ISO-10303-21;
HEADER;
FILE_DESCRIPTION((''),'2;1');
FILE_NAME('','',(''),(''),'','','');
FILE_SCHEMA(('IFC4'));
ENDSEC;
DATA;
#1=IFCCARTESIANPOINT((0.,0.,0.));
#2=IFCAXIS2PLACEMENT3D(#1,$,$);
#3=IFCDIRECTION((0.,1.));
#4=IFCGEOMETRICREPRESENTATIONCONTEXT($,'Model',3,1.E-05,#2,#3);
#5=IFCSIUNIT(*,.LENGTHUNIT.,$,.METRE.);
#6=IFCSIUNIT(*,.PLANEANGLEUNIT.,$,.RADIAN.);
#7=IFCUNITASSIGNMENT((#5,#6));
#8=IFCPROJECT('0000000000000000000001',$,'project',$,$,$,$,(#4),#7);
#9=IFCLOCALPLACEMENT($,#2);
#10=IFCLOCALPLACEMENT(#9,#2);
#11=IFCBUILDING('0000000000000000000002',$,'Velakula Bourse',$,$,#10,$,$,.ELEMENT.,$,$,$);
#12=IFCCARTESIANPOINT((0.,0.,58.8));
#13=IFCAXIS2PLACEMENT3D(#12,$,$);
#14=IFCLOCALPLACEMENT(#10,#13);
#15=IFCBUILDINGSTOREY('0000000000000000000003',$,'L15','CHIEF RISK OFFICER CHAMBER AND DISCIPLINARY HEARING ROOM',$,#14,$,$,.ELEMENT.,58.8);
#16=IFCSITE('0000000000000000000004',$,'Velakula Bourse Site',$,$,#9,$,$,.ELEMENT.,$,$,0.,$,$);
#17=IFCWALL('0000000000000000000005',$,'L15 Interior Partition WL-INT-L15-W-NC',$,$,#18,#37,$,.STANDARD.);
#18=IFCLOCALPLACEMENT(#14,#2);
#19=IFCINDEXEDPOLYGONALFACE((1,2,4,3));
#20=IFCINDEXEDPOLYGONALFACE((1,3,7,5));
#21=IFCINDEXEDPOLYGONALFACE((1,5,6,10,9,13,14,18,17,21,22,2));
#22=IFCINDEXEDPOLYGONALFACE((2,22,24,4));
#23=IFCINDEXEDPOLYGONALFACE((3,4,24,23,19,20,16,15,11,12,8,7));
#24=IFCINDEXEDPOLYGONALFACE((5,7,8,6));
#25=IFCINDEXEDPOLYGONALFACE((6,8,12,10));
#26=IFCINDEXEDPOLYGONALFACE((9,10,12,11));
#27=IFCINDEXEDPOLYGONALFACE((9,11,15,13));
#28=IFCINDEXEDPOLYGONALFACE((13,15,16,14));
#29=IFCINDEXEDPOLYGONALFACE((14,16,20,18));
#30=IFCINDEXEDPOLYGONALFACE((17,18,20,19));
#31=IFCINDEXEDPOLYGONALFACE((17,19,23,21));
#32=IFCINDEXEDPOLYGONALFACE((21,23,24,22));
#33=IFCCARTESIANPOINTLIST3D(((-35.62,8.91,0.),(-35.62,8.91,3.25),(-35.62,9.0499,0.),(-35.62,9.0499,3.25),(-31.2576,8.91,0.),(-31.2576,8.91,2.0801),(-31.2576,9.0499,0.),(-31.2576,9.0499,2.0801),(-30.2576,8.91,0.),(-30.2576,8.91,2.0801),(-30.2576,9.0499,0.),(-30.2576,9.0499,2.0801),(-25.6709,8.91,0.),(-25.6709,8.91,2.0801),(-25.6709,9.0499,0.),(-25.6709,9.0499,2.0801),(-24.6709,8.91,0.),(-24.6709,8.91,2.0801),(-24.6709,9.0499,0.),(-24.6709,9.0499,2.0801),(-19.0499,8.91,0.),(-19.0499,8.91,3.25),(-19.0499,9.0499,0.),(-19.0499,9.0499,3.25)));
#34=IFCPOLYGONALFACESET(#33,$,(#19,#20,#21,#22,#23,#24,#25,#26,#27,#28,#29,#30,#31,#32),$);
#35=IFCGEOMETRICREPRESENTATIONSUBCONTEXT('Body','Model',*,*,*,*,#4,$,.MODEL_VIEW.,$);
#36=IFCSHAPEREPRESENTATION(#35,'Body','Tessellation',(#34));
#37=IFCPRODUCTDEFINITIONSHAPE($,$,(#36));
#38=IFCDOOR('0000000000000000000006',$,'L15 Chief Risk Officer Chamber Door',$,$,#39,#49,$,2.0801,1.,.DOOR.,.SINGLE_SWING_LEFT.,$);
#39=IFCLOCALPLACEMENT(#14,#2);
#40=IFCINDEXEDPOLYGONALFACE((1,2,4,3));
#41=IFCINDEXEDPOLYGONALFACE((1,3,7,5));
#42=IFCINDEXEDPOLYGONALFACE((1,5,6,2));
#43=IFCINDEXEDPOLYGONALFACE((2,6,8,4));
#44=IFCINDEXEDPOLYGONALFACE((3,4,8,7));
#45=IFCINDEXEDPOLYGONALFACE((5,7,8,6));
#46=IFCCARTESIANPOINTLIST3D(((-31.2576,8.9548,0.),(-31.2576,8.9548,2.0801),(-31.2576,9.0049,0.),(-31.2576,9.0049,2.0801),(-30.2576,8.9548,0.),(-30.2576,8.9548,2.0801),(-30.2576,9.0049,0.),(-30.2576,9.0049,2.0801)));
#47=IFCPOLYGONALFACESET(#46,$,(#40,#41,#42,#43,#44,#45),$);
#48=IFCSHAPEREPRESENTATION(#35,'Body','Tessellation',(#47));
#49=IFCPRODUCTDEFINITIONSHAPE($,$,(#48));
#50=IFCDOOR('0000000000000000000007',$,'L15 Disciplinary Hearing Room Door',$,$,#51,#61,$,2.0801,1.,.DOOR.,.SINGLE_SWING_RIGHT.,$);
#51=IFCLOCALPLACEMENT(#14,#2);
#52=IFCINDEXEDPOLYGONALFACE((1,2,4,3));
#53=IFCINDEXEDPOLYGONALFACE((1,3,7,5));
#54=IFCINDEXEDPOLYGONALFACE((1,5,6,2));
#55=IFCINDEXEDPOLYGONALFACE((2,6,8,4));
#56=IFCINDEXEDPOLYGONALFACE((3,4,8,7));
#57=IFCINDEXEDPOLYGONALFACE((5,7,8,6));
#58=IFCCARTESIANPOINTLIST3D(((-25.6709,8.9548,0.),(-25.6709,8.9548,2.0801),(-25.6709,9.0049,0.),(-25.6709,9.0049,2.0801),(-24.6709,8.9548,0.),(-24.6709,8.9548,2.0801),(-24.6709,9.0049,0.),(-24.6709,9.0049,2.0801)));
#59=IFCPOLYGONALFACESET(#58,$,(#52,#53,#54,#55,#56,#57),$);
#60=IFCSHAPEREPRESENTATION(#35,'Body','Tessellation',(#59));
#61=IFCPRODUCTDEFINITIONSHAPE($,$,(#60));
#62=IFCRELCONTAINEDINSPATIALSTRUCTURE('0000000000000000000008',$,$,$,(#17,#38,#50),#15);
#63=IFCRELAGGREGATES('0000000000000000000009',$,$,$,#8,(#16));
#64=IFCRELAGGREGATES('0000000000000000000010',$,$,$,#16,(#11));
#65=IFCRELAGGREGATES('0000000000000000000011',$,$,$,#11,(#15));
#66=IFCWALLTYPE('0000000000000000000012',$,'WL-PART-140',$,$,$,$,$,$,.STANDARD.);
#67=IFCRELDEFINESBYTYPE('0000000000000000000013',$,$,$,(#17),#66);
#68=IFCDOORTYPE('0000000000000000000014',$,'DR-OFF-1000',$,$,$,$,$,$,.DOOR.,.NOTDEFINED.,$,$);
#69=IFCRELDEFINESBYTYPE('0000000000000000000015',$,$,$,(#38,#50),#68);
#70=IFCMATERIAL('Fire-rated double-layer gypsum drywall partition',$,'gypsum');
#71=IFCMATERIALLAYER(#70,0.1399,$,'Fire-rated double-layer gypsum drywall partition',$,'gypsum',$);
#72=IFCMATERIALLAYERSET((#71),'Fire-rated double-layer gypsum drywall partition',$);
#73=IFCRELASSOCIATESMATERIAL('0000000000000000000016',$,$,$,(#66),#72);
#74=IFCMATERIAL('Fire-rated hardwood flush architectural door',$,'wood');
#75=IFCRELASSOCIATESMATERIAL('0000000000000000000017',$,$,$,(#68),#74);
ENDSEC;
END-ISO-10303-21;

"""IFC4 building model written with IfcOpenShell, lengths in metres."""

from ifc_helpers import new_model, si_unit, direction, frame, frame_2d, origin, place, context, subcontext, project, spatial, rectangle, extrude, material, layer, layer_set, type_object, element, fill, save


model = new_model("IFC4")

# Units and contexts
model_context = context("Model", 3, precision=1e-05, world=origin(), true_north=direction((0.0, 1.0)))
body_context = subcontext(model_context, "Body", "Model", "MODEL_VIEW")
ifc_project = project(units=[si_unit("LENGTHUNIT", "METRE"), si_unit("PLANEANGLEUNIT", "RADIAN")], contexts=[model_context])

# Site, building, storey
site_placement = place(None, origin())
site = spatial("IfcSite", under=ifc_project, at=site_placement, Name="Velakula Bourse Site", CompositionType="ELEMENT", RefElevation=0.0)
building_placement = place(site_placement, origin())
building = spatial("IfcBuilding", under=site, at=building_placement, Name="Velakula Bourse", CompositionType="ELEMENT")
storey_placement = place(building_placement, frame((0.0, 0.0, 58.8)))
storey = spatial("IfcBuildingStorey", under=building, at=storey_placement, Name="L15", Description="CHIEF RISK OFFICER CHAMBER AND DISCIPLINARY HEARING ROOM", CompositionType="ELEMENT", Elevation=58.8)

# Wall, openings, doors
ifc_material_1 = material(Name="Fire-rated double-layer gypsum drywall partition", Category="gypsum")
ifc_layer_1 = layer(ifc_material_1, 0.1399, Name="Fire-rated double-layer gypsum drywall partition", Category="gypsum")
ifc_layer_set_1 = layer_set([ifc_layer_1], Name="Fire-rated double-layer gypsum drywall partition")
wall_type_1 = type_object("IfcWallType", Name="WL-PART-140", PredefinedType="STANDARD", material=ifc_layer_set_1)
ifc_material_2 = material(Name="Fire-rated hardwood flush architectural door", Category="wood")
door_type = type_object("IfcDoorType", Name="DR-OFF-1000", OperationType="NOTDEFINED", PredefinedType="DOOR", material=ifc_material_2)
wall_1_placement = place(storey_placement, frame((-35.6201, 8.98, 0.0), z_axis=(0.0, 0.0, 1.0), x_axis=(1.0, 0.0, 0.0)))
wall_1 = element("IfcWall", 1, at=wall_1_placement, inside=storey, type_object=wall_type_1, Name="L15 Interior Partition WL-INT-L15-W-NC", PredefinedType="STANDARD", context=body_context, shape_type="SweptSolid", body=[
    extrude(rectangle(XDim=16.5701, YDim=0.1399, at=frame_2d((8.2852, 0.0))), origin(), (0.0, 0.0, 1.0), 3.25),
])
opening_1_placement = place(wall_1_placement, frame((4.3625, 0.0, 0.0)))
opening_1 = element("IfcOpeningElement", 2, at=opening_1_placement, cuts=wall_1, PredefinedType="OPENING", context=body_context, shape_type="SweptSolid", body=[
    extrude(rectangle(XDim=1.0, YDim=2.0801, at=frame_2d((0.5, 1.04))), frame((0.0, 0.0798, 0.0), z_axis=(0.0, -1.0, 0.0), x_axis=(1.0, 0.0, 0.0)), (0.0, 0.0, 1.0), 0.1599),
])
opening_2_placement = place(wall_1_placement, frame((9.9492, 0.0, 0.0)))
opening_2 = element("IfcOpeningElement", 3, at=opening_2_placement, cuts=wall_1, PredefinedType="OPENING", context=body_context, shape_type="SweptSolid", body=[
    extrude(rectangle(XDim=1.0, YDim=2.0801, at=frame_2d((0.5, 1.04))), frame((0.0, 0.0798, 0.0), z_axis=(0.0, -1.0, 0.0), x_axis=(1.0, 0.0, 0.0)), (0.0, 0.0, 1.0), 0.1599),
])
door_1_placement = place(opening_1_placement, origin())
door_1 = element("IfcDoor", 4, at=door_1_placement, inside=storey, type_object=door_type, Name="L15 Chief Risk Officer Chamber Door", OperationType="SINGLE_SWING_LEFT", OverallHeight=2.0801, OverallWidth=1.0, PredefinedType="DOOR", context=body_context, shape_type="SweptSolid", body=[
    extrude(rectangle(XDim=1.0, YDim=2.0801, at=frame_2d((0.5, 1.04))), frame((0.0, 0.0249, 0.0), z_axis=(0.0, -1.0, 0.0), x_axis=(1.0, 0.0, 0.0)), (0.0, 0.0, 1.0), 0.05),
])
fill(opening_1, door_1)
door_2_placement = place(opening_2_placement, origin())
door_2 = element("IfcDoor", 5, at=door_2_placement, inside=storey, type_object=door_type, Name="L15 Disciplinary Hearing Room Door", OperationType="SINGLE_SWING_RIGHT", OverallHeight=2.0801, OverallWidth=1.0, PredefinedType="DOOR", context=body_context, shape_type="SweptSolid", body=[
    extrude(rectangle(XDim=1.0, YDim=2.0801, at=frame_2d((0.5, 1.04))), frame((0.0, 0.0249, 0.0), z_axis=(0.0, -1.0, 0.0), x_axis=(1.0, 0.0, 0.0)), (0.0, 0.0, 1.0), 0.05),
])
fill(opening_2, door_2)

save(model, "model.ifc")
